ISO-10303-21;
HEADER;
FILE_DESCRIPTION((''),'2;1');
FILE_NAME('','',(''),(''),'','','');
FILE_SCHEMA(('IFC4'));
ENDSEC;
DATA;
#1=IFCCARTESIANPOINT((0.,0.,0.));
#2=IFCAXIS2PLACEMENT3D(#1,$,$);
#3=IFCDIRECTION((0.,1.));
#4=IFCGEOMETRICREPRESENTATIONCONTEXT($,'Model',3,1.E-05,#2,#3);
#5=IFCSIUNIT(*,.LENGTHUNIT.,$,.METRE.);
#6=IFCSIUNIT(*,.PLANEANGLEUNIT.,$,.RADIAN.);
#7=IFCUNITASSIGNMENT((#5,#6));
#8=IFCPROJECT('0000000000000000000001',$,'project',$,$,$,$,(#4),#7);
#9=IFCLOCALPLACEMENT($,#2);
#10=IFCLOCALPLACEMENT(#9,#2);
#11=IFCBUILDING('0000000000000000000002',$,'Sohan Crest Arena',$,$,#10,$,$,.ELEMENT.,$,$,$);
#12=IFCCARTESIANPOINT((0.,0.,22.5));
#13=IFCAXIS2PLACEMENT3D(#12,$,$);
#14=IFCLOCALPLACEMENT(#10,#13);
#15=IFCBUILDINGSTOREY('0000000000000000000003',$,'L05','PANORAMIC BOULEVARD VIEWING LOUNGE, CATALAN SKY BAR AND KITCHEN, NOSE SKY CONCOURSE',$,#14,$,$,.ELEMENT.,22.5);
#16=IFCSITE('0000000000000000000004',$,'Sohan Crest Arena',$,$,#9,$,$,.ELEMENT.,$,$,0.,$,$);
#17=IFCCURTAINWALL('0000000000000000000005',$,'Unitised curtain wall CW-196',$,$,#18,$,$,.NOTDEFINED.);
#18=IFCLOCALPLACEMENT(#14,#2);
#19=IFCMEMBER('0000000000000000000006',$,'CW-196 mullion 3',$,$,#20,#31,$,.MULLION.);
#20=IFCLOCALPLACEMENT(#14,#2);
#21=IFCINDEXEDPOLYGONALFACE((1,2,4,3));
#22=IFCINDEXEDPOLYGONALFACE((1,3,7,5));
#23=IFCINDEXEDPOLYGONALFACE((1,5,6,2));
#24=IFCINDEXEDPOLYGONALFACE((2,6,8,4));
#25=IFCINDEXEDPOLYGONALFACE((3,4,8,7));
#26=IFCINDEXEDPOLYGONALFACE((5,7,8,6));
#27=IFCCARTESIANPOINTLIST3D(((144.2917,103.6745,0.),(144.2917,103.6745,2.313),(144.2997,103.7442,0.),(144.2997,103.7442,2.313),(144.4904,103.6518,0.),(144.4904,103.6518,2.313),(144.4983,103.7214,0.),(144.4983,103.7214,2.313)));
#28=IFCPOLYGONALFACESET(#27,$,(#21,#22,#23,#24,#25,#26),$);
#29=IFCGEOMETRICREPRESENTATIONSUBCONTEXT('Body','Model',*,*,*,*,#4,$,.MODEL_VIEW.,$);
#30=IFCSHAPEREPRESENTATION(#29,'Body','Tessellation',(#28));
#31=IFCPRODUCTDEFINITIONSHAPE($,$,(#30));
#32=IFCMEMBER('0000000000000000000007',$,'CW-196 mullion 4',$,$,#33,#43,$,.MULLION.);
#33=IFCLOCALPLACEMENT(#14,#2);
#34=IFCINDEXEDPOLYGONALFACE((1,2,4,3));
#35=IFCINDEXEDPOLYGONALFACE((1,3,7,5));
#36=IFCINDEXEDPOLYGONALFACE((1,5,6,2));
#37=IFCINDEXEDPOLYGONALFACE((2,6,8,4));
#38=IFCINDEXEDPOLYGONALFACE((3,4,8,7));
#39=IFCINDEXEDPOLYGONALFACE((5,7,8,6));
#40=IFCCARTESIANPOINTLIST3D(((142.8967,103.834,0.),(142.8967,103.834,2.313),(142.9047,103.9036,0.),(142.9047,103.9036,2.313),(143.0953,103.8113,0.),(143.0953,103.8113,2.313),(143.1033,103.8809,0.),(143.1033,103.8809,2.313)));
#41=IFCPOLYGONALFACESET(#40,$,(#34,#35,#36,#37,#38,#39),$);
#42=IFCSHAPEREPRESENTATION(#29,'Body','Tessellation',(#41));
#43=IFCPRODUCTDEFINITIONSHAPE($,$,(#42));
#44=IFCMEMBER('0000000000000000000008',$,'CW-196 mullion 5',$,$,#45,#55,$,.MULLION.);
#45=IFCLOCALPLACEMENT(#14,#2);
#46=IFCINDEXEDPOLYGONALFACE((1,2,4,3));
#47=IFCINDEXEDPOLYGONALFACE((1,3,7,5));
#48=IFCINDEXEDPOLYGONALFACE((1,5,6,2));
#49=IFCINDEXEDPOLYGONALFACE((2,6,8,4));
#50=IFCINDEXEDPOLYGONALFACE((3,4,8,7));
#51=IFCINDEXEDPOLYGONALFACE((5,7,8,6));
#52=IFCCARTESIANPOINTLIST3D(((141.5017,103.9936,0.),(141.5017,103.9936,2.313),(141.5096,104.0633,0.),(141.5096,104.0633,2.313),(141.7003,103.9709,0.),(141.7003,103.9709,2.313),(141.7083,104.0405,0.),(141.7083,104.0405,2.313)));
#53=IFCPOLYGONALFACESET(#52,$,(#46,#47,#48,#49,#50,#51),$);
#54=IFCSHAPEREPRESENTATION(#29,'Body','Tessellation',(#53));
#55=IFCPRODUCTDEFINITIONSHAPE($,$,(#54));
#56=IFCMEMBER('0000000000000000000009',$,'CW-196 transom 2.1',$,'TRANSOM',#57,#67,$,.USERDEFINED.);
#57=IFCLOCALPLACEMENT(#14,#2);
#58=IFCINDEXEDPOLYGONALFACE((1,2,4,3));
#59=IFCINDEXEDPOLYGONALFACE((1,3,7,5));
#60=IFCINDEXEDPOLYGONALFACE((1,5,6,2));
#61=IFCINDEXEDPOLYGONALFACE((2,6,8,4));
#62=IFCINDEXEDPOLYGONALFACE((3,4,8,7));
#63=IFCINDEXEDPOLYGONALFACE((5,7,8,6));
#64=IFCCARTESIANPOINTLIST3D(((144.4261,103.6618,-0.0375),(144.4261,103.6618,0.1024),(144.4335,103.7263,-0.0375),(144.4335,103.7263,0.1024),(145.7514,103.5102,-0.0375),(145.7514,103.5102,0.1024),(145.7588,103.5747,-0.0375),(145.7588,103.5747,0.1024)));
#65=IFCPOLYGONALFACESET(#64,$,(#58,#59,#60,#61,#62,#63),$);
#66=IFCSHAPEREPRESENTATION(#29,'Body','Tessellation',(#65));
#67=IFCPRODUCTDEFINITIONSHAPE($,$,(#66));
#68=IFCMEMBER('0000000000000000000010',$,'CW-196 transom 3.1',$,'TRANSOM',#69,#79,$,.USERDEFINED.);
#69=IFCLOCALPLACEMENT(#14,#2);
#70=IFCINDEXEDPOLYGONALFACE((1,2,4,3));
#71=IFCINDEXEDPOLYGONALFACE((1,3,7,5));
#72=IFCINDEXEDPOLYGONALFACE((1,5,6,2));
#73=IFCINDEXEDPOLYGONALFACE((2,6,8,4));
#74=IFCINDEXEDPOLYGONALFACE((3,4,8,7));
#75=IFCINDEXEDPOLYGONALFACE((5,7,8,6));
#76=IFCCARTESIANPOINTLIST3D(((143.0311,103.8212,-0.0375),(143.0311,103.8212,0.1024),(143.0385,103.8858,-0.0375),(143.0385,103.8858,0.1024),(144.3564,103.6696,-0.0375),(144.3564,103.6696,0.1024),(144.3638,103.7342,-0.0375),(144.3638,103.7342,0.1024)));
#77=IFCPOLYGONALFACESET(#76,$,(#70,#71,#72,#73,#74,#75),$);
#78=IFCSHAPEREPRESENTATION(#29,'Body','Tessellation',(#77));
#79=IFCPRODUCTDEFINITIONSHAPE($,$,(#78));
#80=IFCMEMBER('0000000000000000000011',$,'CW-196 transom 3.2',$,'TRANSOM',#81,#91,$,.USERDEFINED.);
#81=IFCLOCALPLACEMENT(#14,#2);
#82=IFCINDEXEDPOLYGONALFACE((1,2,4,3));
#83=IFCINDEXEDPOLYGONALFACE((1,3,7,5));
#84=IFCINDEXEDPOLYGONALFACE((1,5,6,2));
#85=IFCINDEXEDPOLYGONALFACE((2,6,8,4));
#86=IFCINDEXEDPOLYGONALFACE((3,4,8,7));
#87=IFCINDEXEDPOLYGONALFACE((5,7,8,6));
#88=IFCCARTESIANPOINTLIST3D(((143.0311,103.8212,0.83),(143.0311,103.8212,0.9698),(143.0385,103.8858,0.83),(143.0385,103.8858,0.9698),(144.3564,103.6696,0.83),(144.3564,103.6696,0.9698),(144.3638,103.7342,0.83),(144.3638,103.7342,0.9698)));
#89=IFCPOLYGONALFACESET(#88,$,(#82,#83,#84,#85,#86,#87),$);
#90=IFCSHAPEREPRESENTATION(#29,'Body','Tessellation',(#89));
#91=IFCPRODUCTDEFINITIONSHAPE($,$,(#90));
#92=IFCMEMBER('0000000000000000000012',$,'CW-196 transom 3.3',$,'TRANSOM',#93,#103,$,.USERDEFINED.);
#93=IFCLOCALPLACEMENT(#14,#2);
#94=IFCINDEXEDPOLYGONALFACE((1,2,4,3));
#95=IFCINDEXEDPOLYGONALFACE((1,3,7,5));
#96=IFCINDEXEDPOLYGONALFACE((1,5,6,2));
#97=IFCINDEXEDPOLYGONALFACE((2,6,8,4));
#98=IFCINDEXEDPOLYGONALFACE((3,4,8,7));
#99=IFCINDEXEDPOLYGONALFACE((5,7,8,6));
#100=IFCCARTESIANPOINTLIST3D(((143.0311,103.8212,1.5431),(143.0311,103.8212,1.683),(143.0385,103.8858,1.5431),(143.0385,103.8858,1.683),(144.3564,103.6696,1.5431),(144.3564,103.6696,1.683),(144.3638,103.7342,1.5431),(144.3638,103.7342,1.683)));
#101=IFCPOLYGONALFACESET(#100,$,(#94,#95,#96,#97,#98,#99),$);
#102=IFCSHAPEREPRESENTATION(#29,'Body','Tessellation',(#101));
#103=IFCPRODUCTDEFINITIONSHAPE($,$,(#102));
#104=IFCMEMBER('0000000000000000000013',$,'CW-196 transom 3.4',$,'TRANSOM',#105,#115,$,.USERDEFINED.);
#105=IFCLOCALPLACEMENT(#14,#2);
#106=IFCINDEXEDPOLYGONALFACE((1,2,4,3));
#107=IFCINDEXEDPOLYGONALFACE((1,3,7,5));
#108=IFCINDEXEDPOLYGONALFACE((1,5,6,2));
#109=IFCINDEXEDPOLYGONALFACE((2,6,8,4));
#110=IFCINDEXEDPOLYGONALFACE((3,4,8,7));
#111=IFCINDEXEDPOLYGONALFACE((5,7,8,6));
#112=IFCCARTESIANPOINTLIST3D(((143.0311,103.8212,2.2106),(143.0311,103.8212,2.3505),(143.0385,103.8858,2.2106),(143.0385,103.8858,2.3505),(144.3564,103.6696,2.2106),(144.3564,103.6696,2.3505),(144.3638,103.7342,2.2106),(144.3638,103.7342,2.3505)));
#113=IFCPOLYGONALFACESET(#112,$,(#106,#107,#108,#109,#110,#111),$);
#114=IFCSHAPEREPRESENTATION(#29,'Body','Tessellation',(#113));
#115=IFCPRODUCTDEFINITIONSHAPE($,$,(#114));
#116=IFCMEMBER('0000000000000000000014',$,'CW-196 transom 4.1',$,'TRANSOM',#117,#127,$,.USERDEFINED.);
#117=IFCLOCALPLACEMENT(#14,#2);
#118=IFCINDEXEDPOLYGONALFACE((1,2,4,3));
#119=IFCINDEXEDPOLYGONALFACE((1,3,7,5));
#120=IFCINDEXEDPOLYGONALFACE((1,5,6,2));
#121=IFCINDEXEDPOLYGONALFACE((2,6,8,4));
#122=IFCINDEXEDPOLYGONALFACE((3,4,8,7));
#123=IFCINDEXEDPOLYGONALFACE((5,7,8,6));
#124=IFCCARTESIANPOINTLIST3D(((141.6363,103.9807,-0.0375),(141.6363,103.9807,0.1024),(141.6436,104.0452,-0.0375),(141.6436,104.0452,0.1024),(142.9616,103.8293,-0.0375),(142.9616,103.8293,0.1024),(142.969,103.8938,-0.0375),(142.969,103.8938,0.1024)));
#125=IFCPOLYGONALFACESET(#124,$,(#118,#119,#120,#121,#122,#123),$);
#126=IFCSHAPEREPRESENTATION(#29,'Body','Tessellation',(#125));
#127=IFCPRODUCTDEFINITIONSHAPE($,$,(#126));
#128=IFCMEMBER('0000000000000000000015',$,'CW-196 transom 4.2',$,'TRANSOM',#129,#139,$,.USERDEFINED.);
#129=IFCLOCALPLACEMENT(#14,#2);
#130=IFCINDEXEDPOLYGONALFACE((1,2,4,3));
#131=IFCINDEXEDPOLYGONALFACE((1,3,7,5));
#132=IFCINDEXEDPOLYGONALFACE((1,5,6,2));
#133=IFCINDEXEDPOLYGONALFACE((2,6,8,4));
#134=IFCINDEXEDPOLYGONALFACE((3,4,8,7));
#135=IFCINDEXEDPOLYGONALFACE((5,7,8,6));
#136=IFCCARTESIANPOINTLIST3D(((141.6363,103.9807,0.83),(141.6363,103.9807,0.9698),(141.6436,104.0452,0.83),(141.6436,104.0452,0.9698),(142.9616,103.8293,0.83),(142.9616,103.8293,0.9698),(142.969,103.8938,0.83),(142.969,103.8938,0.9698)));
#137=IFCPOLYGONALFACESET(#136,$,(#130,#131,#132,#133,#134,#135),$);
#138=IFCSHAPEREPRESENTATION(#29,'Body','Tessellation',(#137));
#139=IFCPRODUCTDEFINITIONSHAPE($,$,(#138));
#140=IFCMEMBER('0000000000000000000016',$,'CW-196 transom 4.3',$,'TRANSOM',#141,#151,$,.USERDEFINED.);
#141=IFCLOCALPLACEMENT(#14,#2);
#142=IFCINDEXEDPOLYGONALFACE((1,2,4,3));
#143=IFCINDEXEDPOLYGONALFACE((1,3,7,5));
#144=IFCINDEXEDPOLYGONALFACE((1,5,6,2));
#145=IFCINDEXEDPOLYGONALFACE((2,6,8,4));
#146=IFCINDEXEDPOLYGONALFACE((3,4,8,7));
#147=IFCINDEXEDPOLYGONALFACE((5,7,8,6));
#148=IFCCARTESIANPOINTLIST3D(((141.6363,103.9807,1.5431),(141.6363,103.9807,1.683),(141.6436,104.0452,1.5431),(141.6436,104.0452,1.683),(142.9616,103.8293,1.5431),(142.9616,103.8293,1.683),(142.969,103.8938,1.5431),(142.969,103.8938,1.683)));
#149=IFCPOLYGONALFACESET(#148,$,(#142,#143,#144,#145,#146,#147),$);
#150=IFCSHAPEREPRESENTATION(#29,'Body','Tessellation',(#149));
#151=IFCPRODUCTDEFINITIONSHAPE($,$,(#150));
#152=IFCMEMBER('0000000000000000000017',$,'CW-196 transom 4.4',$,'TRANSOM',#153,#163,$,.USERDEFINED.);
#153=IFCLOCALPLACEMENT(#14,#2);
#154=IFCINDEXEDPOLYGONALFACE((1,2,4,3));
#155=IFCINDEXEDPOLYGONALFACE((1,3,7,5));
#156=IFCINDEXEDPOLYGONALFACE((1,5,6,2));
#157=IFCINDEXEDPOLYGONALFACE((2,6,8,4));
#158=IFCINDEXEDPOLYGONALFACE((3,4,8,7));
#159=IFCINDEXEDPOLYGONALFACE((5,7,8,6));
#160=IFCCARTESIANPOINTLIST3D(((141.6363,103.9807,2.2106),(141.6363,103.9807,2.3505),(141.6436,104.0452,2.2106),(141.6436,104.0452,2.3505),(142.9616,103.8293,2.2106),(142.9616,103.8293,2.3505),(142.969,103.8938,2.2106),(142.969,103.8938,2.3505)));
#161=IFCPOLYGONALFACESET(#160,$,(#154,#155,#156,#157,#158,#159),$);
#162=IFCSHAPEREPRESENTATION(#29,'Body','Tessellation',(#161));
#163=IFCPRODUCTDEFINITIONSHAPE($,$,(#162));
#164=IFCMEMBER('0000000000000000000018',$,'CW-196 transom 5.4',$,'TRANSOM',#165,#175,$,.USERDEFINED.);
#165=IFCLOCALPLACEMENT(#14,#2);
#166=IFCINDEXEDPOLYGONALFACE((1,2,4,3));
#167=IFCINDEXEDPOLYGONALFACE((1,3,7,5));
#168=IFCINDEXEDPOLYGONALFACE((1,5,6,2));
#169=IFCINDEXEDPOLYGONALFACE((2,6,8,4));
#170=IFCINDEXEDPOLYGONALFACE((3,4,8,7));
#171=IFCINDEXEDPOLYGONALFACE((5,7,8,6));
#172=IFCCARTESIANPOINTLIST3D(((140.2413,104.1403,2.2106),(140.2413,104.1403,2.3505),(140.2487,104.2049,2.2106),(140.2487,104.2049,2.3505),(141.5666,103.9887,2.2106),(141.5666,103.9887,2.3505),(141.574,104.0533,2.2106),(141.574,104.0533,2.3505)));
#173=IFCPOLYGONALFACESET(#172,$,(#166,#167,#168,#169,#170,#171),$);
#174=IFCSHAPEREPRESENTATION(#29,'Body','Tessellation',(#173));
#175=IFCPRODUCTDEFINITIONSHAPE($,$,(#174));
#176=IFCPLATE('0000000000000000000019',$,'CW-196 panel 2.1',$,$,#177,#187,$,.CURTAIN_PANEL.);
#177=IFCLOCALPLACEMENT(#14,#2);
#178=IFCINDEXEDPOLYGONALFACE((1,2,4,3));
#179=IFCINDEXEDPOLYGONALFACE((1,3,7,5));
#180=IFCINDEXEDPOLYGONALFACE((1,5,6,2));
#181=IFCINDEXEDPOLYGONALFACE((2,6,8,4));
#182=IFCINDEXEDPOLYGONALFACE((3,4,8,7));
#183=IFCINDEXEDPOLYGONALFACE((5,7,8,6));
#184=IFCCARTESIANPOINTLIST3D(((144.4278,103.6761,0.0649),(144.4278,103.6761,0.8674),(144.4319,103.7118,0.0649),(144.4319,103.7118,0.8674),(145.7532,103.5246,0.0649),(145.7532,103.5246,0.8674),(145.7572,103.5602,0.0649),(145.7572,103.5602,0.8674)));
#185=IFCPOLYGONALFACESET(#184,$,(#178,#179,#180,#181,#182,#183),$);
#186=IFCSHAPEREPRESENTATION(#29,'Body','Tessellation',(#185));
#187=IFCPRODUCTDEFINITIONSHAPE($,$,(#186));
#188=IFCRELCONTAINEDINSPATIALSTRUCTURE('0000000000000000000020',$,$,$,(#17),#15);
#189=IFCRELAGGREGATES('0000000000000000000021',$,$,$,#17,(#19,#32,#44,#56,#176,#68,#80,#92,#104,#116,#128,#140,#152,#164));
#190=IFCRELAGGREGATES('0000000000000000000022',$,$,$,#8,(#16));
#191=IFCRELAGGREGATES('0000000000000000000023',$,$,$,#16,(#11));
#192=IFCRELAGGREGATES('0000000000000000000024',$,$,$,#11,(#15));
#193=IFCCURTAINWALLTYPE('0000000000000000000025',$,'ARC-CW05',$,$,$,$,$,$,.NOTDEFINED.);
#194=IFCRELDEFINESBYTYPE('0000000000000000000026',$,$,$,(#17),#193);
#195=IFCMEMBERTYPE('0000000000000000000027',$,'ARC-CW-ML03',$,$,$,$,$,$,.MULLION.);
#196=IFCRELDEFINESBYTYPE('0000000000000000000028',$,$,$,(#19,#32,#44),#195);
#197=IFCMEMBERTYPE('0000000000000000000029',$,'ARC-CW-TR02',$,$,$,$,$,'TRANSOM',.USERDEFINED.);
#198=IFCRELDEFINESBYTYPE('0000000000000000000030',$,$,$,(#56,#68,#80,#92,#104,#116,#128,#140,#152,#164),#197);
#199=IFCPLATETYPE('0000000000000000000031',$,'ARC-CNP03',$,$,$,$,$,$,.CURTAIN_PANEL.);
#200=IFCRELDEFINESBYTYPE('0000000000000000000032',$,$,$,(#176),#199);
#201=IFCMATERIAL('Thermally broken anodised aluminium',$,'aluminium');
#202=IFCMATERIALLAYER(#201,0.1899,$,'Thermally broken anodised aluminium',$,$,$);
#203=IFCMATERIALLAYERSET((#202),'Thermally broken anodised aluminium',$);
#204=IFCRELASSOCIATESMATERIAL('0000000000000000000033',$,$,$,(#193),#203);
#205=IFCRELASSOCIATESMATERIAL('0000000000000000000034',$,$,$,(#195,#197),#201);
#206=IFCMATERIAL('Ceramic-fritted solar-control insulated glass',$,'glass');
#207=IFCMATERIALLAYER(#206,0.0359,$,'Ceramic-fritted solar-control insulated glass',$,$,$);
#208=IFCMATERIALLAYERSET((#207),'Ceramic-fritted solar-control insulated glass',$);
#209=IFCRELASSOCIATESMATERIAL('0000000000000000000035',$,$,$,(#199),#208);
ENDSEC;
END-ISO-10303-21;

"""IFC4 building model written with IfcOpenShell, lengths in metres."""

from ifc_helpers import new_model, si_unit, direction, frame, origin, origin_2d, place, context, subcontext, project, spatial, rectangle, extrude, material, layer, layer_set, material_profile, profile_set, type_object, element, aggregate, save


model = new_model("IFC4")

# Units and contexts
model_context = context("Model", 3, precision=1e-05, world=origin(), true_north=direction((0.0, 1.0)))
body_context = subcontext(model_context, "Body", "Model", "MODEL_VIEW")
ifc_project = project(units=[si_unit("LENGTHUNIT", "METRE"), si_unit("PLANEANGLEUNIT", "RADIAN")], contexts=[model_context])

# Site, building, storey
site_placement = place(None, origin())
site = spatial("IfcSite", under=ifc_project, at=site_placement, Name="Sohan Crest Arena", CompositionType="ELEMENT", RefElevation=0.0)
building_placement = place(site_placement, origin())
building = spatial("IfcBuilding", under=site, at=building_placement, Name="Sohan Crest Arena", CompositionType="ELEMENT")
storey_placement = place(building_placement, frame((0.0, 0.0, 22.5)))
storey = spatial("IfcBuildingStorey", under=building, at=storey_placement, Name="L05", Description="PANORAMIC BOULEVARD VIEWING LOUNGE, CATALAN SKY BAR AND KITCHEN, NOSE SKY CONCOURSE", CompositionType="ELEMENT", Elevation=22.5)

# Curtain wall, members, plate
ifc_material_1 = material(Name="Thermally broken anodised aluminium", Category="aluminium")
ifc_layer_1 = layer(ifc_material_1, 0.1899, Name="Thermally broken anodised aluminium")
ifc_layer_set_1 = layer_set([ifc_layer_1], Name="Thermally broken anodised aluminium")
curtain_wall_type = type_object("IfcCurtainWallType", Name="ARC-CW05", PredefinedType="NOTDEFINED", material=ifc_layer_set_1)
curtain_wall_placement = place(storey_placement, origin())
curtain_wall = element("IfcCurtainWall", 1, at=curtain_wall_placement, inside=storey, type_object=curtain_wall_type, Name="Unitised curtain wall CW-196", PredefinedType="NOTDEFINED")
ifc_material_profile_1 = material_profile(ifc_material_1, rectangle(XDim=0.0701, YDim=0.2, at=origin_2d()), Name="ALU-MULL 70x200")
ifc_profile_set_1 = profile_set([ifc_material_profile_1], Name="Thermally broken anodised aluminium")
member_type_1 = type_object("IfcMemberType", Name="ARC-CW-ML03", PredefinedType="MULLION", material=ifc_profile_set_1)
member_1_placement = place(storey_placement, frame((144.395, 103.698, 0.0), z_axis=(0.0, 0.0, 1.0), x_axis=(-0.113597, -0.993527, 0.0)))
member_1 = element("IfcMember", 2, at=member_1_placement, type_object=member_type_1, Name="CW-196 mullion 3", PredefinedType="MULLION", context=body_context, shape_type="SweptSolid", body=[
    extrude(rectangle(XDim=0.0701, YDim=0.2, at=origin_2d()), origin(), (0.0, 0.0, 1.0), 2.313),
])
member_2_placement = place(storey_placement, frame((143.0, 103.8574, 0.0), z_axis=(0.0, 0.0, 1.0), x_axis=(-0.113597, -0.993527, 0.0)))
member_2 = element("IfcMember", 3, at=member_2_placement, type_object=member_type_1, Name="CW-196 mullion 4", PredefinedType="MULLION", context=body_context, shape_type="SweptSolid", body=[
    extrude(rectangle(XDim=0.0701, YDim=0.2, at=origin_2d()), origin(), (0.0, 0.0, 1.0), 2.313),
])
member_3_placement = place(storey_placement, frame((141.605, 104.0171, 0.0), z_axis=(0.0, 0.0, 1.0), x_axis=(-0.113597, -0.993527, 0.0)))
member_3 = element("IfcMember", 4, at=member_3_placement, type_object=member_type_1, Name="CW-196 mullion 5", PredefinedType="MULLION", context=body_context, shape_type="SweptSolid", body=[
    extrude(rectangle(XDim=0.0701, YDim=0.2, at=origin_2d()), origin(), (0.0, 0.0, 1.0), 2.313),
])
ifc_material_profile_2 = material_profile(ifc_material_1, rectangle(XDim=0.0649, YDim=0.1399, at=origin_2d()), Name="ALU-TRAN 65x140")
ifc_profile_set_2 = profile_set([ifc_material_profile_2], Name="Thermally broken anodised aluminium")
member_type_2 = type_object("IfcMemberType", Name="ARC-CW-TR02", ElementType="TRANSOM", PredefinedType="USERDEFINED", material=ifc_profile_set_2)
member_4_placement = place(storey_placement, frame((145.7551, 103.5425, 0.0325), z_axis=(-0.993521, 0.113645, 0.0), x_axis=(-0.113645, -0.993521, 0.0)))
member_4 = element("IfcMember", 5, at=member_4_placement, type_object=member_type_2, Name="CW-196 transom 2.1", ObjectType="TRANSOM", PredefinedType="USERDEFINED", context=body_context, shape_type="SweptSolid", body=[
    extrude(rectangle(XDim=0.0649, YDim=0.1399, at=origin_2d()), origin(), (0.0, 0.0, 1.0), 1.334),
])
member_5_placement = place(storey_placement, frame((144.3601, 103.7019, 0.0325), z_axis=(-0.993521, 0.113645, 0.0), x_axis=(-0.113645, -0.993521, 0.0)))
member_5 = element("IfcMember", 6, at=member_5_placement, type_object=member_type_2, Name="CW-196 transom 3.1", ObjectType="TRANSOM", PredefinedType="USERDEFINED", context=body_context, shape_type="SweptSolid", body=[
    extrude(rectangle(XDim=0.0649, YDim=0.1399, at=origin_2d()), origin(), (0.0, 0.0, 1.0), 1.334),
])
member_6_placement = place(storey_placement, frame((144.3601, 103.7019, 0.8999), z_axis=(-0.993521, 0.113645, 0.0), x_axis=(-0.113645, -0.993521, 0.0)))
member_6 = element("IfcMember", 7, at=member_6_placement, type_object=member_type_2, Name="CW-196 transom 3.2", ObjectType="TRANSOM", PredefinedType="USERDEFINED", context=body_context, shape_type="SweptSolid", body=[
    extrude(rectangle(XDim=0.0649, YDim=0.1399, at=origin_2d()), origin(), (0.0, 0.0, 1.0), 1.334),
])
member_7_placement = place(storey_placement, frame((144.3601, 103.7019, 1.613), z_axis=(-0.993521, 0.113645, 0.0), x_axis=(-0.113645, -0.993521, 0.0)))
member_7 = element("IfcMember", 8, at=member_7_placement, type_object=member_type_2, Name="CW-196 transom 3.3", ObjectType="TRANSOM", PredefinedType="USERDEFINED", context=body_context, shape_type="SweptSolid", body=[
    extrude(rectangle(XDim=0.0649, YDim=0.1399, at=origin_2d()), origin(), (0.0, 0.0, 1.0), 1.334),
])
member_8_placement = place(storey_placement, frame((144.3601, 103.7019, 2.2805), z_axis=(-0.993521, 0.113645, 0.0), x_axis=(-0.113645, -0.993521, 0.0)))
member_8 = element("IfcMember", 9, at=member_8_placement, type_object=member_type_2, Name="CW-196 transom 3.4", ObjectType="TRANSOM", PredefinedType="USERDEFINED", context=body_context, shape_type="SweptSolid", body=[
    extrude(rectangle(XDim=0.0649, YDim=0.1399, at=origin_2d()), origin(), (0.0, 0.0, 1.0), 1.334),
])
member_9_placement = place(storey_placement, frame((142.9653, 103.8616, 0.0325), z_axis=(-0.993542, 0.113464, 0.0), x_axis=(-0.113464, -0.993542, 0.0)))
member_9 = element("IfcMember", 10, at=member_9_placement, type_object=member_type_2, Name="CW-196 transom 4.1", ObjectType="TRANSOM", PredefinedType="USERDEFINED", context=body_context, shape_type="SweptSolid", body=[
    extrude(rectangle(XDim=0.0649, YDim=0.1399, at=origin_2d()), origin(), (0.0, 0.0, 1.0), 1.334),
])
member_10_placement = place(storey_placement, frame((142.9653, 103.8616, 0.8999), z_axis=(-0.993542, 0.113464, 0.0), x_axis=(-0.113464, -0.993542, 0.0)))
member_10 = element("IfcMember", 11, at=member_10_placement, type_object=member_type_2, Name="CW-196 transom 4.2", ObjectType="TRANSOM", PredefinedType="USERDEFINED", context=body_context, shape_type="SweptSolid", body=[
    extrude(rectangle(XDim=0.0649, YDim=0.1399, at=origin_2d()), origin(), (0.0, 0.0, 1.0), 1.334),
])
member_11_placement = place(storey_placement, frame((142.9653, 103.8616, 1.613), z_axis=(-0.993542, 0.113464, 0.0), x_axis=(-0.113464, -0.993542, 0.0)))
member_11 = element("IfcMember", 12, at=member_11_placement, type_object=member_type_2, Name="CW-196 transom 4.3", ObjectType="TRANSOM", PredefinedType="USERDEFINED", context=body_context, shape_type="SweptSolid", body=[
    extrude(rectangle(XDim=0.0649, YDim=0.1399, at=origin_2d()), origin(), (0.0, 0.0, 1.0), 1.334),
])
member_12_placement = place(storey_placement, frame((142.9653, 103.8616, 2.2805), z_axis=(-0.993542, 0.113464, 0.0), x_axis=(-0.113464, -0.993542, 0.0)))
member_12 = element("IfcMember", 13, at=member_12_placement, type_object=member_type_2, Name="CW-196 transom 4.4", ObjectType="TRANSOM", PredefinedType="USERDEFINED", context=body_context, shape_type="SweptSolid", body=[
    extrude(rectangle(XDim=0.0649, YDim=0.1399, at=origin_2d()), origin(), (0.0, 0.0, 1.0), 1.334),
])
member_13_placement = place(storey_placement, frame((141.5703, 104.021, 2.2805), z_axis=(-0.993521, 0.113645, 0.0), x_axis=(-0.113645, -0.993521, 0.0)))
member_13 = element("IfcMember", 14, at=member_13_placement, type_object=member_type_2, Name="CW-196 transom 5.4", ObjectType="TRANSOM", PredefinedType="USERDEFINED", context=body_context, shape_type="SweptSolid", body=[
    extrude(rectangle(XDim=0.0649, YDim=0.1399, at=origin_2d()), origin(), (0.0, 0.0, 1.0), 1.334),
])
ifc_material_2 = material(Name="Ceramic-fritted solar-control insulated glass", Category="glass")
ifc_layer_2 = layer(ifc_material_2, 0.0359, Name="Ceramic-fritted solar-control insulated glass")
ifc_layer_set_2 = layer_set([ifc_layer_2], Name="Ceramic-fritted solar-control insulated glass")
plate_type = type_object("IfcPlateType", Name="ARC-CNP03", PredefinedType="CURTAIN_PANEL", material=ifc_layer_set_2)
plate_1_placement = place(storey_placement, frame((145.0925, 103.6182, 0.0649), z_axis=(0.0, 0.0, 1.0), x_axis=(-0.993527, 0.113597, 0.0)))
plate_1 = element("IfcPlate", 15, at=plate_1_placement, type_object=plate_type, Name="CW-196 panel 2.1", PredefinedType="CURTAIN_PANEL", context=body_context, shape_type="SweptSolid", body=[
    extrude(rectangle(XDim=1.334, YDim=0.0359, at=origin_2d()), origin(), (0.0, 0.0, 1.0), 0.8025),
])
aggregate(curtain_wall, [member_1, member_2, member_3, member_4, plate_1, member_5, member_6, member_7, member_8, member_9, member_10, member_11, member_12, member_13])

save(model, "model.ifc")
